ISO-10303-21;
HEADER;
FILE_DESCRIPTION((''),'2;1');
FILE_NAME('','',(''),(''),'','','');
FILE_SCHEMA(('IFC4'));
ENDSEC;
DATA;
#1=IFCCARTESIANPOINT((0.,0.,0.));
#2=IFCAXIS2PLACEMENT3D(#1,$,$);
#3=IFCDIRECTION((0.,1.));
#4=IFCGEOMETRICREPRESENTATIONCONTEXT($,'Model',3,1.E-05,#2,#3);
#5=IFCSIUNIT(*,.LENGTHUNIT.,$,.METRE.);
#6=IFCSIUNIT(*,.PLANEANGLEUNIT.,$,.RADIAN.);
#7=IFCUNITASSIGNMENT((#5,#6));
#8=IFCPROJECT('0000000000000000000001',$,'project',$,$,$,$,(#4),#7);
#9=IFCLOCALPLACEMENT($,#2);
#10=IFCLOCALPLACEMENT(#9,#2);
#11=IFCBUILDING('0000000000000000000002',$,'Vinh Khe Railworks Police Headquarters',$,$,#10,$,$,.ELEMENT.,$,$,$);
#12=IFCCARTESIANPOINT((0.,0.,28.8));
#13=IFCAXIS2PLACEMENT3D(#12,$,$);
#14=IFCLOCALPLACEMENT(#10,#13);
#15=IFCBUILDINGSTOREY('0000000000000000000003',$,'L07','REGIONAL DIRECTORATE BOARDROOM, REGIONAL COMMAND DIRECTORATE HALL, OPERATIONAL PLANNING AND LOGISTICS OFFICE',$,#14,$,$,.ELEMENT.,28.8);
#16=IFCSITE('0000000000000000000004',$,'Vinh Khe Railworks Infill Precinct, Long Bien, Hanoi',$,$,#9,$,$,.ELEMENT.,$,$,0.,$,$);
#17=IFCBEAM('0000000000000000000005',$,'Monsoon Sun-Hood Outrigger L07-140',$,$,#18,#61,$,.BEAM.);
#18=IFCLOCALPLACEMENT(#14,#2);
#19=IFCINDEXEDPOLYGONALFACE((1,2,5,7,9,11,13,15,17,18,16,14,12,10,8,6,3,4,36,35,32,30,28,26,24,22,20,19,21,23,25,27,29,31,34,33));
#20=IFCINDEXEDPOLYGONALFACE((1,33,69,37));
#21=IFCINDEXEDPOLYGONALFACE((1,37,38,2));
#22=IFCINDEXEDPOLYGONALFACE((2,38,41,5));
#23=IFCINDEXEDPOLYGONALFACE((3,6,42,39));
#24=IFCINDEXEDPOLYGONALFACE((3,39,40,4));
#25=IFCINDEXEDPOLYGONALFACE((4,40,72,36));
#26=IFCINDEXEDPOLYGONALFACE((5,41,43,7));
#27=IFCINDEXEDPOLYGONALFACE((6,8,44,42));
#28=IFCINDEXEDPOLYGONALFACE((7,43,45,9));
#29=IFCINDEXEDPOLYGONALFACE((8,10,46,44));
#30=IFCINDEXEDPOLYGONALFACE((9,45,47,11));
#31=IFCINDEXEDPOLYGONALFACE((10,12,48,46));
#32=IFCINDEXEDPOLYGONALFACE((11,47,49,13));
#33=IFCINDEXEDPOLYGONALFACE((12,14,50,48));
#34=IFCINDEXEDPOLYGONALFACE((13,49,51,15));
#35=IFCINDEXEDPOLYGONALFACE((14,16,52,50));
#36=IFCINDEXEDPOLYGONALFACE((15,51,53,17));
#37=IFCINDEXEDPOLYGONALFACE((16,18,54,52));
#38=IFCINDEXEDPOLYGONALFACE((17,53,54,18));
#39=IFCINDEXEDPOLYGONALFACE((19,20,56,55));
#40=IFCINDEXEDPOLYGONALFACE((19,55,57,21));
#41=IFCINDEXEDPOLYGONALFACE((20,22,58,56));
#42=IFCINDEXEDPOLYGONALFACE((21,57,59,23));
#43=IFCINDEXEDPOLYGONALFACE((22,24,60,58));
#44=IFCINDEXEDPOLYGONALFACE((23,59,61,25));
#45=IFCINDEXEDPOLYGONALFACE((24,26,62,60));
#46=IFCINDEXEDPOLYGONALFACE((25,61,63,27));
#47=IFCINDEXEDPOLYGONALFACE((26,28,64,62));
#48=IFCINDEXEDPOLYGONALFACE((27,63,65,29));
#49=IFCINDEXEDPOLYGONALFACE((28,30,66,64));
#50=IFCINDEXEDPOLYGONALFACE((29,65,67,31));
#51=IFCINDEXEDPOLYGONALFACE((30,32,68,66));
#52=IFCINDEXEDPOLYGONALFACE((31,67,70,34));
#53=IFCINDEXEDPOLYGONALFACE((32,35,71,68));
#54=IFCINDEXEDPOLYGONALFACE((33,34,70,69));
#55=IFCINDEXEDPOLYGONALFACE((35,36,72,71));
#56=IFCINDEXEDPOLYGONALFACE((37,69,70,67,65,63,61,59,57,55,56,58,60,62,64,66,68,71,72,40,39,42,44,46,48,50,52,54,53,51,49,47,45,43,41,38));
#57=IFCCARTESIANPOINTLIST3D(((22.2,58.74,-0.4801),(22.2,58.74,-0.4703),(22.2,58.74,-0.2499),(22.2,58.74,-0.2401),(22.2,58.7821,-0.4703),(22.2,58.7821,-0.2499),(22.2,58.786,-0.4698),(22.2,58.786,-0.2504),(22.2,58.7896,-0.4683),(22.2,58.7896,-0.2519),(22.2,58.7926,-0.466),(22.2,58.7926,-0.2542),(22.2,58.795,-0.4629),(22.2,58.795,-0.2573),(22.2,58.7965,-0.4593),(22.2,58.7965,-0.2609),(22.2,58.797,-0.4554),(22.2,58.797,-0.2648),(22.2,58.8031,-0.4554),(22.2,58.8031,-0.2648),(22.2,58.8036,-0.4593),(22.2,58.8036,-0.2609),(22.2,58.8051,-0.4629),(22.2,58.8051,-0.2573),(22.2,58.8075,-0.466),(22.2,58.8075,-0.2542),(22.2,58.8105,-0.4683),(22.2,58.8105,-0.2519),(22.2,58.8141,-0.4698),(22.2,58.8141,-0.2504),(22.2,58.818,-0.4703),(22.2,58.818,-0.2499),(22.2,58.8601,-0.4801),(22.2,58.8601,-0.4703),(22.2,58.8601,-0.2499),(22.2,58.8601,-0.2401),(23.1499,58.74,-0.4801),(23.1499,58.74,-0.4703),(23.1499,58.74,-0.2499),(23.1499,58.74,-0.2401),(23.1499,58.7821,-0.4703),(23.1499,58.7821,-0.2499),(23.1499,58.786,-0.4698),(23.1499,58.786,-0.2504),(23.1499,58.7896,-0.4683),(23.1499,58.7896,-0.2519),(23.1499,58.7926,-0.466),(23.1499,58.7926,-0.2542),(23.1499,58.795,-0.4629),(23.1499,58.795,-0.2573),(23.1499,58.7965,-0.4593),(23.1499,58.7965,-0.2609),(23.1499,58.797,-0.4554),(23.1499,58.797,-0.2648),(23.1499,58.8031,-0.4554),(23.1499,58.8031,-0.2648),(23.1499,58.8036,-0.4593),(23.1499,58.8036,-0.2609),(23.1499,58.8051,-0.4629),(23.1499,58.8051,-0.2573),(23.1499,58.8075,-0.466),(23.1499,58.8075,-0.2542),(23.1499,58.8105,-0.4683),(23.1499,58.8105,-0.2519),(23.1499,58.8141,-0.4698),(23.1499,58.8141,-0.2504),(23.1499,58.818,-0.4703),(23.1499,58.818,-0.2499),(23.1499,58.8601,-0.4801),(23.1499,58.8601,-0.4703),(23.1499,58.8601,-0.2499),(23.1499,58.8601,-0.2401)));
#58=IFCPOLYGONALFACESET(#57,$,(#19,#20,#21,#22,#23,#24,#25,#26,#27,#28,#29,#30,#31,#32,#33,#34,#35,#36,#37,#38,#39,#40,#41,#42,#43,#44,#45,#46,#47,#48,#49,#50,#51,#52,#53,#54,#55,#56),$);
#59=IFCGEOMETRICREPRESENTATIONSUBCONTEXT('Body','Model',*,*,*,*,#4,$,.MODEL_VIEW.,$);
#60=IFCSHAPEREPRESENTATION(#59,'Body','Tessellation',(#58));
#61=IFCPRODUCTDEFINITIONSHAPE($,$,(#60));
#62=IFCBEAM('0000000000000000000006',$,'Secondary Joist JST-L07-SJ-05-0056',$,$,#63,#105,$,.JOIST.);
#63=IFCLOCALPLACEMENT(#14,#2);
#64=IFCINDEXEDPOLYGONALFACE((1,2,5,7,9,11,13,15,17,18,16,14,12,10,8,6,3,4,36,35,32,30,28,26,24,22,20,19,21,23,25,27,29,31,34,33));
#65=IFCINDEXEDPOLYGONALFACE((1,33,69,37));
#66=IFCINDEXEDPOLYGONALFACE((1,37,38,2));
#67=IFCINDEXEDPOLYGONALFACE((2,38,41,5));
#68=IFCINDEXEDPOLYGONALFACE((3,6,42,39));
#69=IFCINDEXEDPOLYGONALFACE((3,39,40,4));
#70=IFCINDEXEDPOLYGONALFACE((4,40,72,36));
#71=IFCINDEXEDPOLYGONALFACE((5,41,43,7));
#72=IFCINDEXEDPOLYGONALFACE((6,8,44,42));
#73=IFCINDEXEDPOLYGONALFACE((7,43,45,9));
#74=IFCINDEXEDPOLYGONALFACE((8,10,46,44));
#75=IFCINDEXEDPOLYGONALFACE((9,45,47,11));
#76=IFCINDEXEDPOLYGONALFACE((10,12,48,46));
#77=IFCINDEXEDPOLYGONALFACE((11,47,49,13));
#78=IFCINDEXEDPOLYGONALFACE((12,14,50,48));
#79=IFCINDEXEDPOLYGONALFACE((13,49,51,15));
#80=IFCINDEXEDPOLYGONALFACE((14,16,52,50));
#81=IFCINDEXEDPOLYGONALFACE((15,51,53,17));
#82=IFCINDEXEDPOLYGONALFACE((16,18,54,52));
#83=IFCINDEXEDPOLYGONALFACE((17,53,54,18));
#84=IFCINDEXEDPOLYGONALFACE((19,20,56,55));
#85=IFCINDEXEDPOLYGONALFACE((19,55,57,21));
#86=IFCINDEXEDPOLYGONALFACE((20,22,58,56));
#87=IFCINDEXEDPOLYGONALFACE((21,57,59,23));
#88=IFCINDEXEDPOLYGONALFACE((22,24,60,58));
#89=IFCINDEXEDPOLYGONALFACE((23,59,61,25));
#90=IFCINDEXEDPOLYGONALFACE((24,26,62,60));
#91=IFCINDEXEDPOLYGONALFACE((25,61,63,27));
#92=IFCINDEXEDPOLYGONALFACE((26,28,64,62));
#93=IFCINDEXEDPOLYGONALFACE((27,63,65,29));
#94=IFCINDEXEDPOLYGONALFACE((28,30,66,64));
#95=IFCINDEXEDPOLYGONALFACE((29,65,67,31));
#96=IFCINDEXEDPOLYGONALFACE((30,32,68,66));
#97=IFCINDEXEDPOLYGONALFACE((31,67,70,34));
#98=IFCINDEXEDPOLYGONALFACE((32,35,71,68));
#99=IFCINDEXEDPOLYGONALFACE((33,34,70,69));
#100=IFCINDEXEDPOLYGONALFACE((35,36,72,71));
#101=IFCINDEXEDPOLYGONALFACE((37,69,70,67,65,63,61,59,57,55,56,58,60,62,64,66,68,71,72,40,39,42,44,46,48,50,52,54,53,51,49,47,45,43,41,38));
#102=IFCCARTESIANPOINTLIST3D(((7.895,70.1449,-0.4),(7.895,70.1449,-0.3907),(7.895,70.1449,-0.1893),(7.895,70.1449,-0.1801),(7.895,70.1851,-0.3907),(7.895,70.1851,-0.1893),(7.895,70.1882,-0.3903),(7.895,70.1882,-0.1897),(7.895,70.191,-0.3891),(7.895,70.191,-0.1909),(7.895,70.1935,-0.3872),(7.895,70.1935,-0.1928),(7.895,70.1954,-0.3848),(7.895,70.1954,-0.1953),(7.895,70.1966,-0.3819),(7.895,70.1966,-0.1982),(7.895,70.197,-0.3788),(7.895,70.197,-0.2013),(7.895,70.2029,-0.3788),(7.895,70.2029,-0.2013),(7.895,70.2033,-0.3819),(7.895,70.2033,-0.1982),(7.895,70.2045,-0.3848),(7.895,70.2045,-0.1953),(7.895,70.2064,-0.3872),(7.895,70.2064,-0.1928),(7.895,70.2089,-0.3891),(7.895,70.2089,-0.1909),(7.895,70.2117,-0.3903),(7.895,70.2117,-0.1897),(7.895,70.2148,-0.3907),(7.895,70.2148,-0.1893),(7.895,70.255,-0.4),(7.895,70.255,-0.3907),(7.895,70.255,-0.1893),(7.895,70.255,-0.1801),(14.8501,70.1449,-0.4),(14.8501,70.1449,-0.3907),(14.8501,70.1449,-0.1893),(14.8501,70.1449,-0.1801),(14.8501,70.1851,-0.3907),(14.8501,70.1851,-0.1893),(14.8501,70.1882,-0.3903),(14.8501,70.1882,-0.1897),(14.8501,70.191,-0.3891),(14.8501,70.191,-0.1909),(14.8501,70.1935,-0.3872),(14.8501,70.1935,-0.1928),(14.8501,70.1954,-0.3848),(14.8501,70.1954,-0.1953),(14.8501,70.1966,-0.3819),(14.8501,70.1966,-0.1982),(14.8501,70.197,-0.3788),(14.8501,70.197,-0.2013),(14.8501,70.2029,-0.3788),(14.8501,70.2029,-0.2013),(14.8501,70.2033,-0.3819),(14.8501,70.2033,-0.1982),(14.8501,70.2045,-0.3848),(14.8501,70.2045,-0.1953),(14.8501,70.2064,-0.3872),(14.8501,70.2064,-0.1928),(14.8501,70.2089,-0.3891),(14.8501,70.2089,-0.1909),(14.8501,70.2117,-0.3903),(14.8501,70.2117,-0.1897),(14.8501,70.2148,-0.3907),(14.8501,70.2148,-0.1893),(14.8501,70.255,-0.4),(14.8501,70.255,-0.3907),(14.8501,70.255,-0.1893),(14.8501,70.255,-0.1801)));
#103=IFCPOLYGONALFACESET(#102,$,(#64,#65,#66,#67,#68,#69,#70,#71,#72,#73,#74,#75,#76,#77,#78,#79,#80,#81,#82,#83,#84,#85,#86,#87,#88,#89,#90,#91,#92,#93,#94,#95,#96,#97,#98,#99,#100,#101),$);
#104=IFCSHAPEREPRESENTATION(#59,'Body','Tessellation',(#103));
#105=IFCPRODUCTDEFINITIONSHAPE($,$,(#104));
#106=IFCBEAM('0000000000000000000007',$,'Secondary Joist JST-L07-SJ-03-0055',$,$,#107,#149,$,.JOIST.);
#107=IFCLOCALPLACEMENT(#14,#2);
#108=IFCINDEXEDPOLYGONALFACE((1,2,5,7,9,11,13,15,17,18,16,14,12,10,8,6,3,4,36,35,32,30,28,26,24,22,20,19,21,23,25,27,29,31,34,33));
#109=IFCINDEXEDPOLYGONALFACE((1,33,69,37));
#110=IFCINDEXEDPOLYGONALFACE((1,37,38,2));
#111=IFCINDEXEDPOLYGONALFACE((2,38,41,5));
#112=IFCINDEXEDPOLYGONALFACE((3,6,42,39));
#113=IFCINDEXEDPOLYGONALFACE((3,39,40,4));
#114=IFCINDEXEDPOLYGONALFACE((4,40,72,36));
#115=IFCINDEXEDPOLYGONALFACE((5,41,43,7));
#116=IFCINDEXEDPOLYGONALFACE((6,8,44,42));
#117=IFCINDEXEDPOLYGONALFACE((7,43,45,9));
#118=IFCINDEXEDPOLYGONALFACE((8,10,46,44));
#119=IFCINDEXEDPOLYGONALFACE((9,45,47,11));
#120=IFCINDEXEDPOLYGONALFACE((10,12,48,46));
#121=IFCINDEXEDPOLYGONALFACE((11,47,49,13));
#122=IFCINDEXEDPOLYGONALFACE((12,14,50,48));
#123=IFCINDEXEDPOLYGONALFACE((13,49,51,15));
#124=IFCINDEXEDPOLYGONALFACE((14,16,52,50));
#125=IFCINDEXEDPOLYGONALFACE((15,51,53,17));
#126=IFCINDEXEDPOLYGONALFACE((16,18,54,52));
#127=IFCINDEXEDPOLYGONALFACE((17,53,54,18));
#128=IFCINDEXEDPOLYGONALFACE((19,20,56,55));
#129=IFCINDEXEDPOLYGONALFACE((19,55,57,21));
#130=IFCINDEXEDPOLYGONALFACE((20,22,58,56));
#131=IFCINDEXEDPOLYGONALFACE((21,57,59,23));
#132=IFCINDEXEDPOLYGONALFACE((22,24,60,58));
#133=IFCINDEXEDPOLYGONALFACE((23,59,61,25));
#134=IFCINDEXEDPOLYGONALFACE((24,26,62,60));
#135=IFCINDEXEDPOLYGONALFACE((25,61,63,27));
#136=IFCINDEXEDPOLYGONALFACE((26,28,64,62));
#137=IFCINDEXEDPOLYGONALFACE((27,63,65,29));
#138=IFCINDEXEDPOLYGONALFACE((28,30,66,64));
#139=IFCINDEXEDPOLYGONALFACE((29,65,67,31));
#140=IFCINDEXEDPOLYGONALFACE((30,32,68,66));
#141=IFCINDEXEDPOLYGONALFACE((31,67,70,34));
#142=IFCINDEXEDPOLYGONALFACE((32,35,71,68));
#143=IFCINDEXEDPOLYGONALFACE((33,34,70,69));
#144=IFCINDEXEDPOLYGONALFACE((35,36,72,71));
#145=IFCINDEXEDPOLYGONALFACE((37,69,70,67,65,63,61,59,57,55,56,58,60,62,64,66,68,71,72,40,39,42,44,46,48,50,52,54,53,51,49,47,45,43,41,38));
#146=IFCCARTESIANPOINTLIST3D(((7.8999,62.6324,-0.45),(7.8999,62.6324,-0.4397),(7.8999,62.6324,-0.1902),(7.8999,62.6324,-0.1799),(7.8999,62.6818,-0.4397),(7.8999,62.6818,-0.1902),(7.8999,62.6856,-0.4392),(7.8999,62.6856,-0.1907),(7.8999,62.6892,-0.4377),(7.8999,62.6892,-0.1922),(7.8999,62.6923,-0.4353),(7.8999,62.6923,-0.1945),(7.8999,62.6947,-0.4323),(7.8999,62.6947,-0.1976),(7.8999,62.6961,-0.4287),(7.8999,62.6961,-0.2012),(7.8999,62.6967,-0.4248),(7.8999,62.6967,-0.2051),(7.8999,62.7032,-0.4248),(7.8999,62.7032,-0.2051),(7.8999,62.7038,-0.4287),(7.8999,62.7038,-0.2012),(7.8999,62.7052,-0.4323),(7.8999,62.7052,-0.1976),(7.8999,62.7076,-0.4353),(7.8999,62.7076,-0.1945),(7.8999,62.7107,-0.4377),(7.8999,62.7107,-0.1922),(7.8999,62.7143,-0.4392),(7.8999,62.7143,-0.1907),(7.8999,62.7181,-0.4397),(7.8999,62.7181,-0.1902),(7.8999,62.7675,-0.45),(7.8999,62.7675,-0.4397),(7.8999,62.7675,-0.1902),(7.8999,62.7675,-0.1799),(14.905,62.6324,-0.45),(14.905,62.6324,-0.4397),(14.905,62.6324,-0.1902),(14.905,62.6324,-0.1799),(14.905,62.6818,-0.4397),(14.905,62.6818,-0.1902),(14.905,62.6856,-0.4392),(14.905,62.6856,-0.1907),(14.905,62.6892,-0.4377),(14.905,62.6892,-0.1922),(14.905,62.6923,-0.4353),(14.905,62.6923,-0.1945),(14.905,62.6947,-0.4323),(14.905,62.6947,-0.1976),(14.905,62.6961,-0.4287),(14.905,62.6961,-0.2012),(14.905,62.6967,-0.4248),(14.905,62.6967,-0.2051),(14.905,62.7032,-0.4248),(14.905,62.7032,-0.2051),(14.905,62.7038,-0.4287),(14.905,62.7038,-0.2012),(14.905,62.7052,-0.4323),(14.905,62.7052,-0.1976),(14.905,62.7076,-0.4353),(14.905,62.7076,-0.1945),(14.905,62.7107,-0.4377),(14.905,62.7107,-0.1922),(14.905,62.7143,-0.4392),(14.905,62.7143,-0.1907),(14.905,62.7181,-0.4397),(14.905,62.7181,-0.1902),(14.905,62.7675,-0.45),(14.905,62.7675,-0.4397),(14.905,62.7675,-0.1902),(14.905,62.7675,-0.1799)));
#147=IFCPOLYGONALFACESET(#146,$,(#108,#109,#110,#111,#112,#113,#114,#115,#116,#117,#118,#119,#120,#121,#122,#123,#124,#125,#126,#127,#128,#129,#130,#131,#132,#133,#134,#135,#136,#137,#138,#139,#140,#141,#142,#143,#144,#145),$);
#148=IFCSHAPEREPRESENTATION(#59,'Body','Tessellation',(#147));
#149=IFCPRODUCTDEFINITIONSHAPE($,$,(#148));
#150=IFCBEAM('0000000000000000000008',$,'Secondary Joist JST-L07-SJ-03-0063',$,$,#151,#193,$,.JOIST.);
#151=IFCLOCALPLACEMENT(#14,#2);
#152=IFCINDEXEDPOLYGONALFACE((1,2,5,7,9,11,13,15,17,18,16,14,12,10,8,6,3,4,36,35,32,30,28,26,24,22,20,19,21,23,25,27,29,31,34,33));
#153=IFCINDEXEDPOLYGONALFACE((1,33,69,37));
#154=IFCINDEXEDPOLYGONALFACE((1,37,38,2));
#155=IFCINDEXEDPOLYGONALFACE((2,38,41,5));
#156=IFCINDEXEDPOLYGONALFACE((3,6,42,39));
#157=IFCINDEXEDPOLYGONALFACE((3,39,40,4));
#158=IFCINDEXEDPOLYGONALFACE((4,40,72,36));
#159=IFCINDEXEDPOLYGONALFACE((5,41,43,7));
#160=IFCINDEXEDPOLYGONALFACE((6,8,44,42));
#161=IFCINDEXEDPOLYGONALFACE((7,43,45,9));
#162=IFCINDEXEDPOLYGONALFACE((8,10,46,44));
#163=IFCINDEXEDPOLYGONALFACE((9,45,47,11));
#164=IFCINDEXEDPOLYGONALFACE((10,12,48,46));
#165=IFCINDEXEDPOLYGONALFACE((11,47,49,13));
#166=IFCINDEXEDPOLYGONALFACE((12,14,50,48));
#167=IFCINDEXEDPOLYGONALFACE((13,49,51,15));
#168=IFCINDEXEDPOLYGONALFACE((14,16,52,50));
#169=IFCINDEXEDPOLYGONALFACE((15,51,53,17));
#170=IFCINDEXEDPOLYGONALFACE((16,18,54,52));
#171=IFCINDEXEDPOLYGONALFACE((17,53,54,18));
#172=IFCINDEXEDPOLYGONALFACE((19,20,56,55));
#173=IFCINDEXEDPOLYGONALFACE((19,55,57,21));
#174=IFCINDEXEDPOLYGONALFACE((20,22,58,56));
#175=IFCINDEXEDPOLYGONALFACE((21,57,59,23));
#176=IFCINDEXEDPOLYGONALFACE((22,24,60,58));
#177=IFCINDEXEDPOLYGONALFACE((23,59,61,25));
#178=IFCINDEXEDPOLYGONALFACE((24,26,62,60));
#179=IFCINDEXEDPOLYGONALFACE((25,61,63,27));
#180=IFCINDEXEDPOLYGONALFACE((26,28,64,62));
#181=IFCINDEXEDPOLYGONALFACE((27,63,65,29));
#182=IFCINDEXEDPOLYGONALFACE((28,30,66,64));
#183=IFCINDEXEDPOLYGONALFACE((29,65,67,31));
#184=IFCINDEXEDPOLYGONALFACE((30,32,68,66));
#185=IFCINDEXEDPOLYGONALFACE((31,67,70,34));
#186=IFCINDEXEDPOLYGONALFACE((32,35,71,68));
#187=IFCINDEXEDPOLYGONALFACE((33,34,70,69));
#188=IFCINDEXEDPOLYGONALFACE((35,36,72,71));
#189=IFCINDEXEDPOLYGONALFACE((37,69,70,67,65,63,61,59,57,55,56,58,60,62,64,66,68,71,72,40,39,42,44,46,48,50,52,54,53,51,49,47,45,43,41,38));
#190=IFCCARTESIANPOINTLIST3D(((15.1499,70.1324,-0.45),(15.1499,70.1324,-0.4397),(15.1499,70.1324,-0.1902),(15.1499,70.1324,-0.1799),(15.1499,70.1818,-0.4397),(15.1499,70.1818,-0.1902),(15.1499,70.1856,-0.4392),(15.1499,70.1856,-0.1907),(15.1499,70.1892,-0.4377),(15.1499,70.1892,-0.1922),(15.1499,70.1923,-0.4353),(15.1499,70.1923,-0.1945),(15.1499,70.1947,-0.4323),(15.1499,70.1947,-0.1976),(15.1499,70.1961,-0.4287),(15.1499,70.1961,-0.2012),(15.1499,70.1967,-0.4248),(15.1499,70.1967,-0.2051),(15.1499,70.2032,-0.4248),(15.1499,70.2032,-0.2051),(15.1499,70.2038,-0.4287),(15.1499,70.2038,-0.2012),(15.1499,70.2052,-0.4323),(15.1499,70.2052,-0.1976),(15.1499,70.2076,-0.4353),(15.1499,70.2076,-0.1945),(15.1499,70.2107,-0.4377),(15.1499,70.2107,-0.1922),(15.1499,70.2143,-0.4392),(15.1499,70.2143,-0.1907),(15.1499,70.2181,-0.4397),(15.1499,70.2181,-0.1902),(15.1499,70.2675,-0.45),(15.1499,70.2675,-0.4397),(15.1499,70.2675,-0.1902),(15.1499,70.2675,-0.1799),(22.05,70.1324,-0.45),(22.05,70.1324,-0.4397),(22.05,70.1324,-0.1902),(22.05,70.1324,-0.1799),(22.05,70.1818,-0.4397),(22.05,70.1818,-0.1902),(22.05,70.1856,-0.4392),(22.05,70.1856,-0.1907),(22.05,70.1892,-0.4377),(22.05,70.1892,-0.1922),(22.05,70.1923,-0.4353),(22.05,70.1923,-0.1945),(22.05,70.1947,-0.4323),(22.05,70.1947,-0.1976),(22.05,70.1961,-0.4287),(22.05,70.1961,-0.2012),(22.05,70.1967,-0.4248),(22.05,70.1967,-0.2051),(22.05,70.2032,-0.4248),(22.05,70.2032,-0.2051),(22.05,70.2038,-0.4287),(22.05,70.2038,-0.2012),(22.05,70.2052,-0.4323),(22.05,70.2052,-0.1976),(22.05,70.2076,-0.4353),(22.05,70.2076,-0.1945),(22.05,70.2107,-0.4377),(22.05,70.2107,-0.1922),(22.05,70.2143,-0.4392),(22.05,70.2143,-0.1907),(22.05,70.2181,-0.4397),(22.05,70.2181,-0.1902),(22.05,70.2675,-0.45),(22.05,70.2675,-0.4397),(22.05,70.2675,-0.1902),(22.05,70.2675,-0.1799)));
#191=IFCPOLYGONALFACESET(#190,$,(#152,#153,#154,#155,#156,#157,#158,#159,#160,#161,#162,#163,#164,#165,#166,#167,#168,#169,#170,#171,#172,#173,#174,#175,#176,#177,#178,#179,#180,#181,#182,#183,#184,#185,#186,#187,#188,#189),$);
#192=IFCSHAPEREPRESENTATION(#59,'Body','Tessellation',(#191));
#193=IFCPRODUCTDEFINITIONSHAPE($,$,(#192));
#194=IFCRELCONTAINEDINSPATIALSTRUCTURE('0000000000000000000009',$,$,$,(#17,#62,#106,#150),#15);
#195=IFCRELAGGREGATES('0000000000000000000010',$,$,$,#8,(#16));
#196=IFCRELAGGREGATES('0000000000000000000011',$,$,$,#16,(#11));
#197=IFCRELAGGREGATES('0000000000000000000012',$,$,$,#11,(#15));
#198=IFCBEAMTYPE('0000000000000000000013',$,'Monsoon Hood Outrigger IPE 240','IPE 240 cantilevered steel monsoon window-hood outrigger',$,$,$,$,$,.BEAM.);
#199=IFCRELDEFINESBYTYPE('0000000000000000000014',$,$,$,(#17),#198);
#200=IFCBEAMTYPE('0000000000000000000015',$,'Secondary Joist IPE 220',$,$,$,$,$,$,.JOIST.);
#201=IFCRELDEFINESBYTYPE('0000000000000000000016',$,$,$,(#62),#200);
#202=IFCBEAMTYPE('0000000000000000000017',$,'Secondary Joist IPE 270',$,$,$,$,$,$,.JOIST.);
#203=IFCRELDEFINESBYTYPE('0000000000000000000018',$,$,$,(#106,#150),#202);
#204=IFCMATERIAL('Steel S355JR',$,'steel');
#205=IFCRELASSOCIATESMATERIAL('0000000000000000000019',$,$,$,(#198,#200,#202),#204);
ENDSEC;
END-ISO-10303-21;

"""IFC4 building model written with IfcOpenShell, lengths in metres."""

from ifc_helpers import new_model, si_unit, direction, frame, origin, origin_2d, place, context, subcontext, project, spatial, i_section, extrude, material, material_profile, profile_set, type_object, element, save


model = new_model("IFC4")

# Units and contexts
model_context = context("Model", 3, precision=1e-05, world=origin(), true_north=direction((0.0, 1.0)))
body_context = subcontext(model_context, "Body", "Model", "MODEL_VIEW")
ifc_project = project(units=[si_unit("LENGTHUNIT", "METRE"), si_unit("PLANEANGLEUNIT", "RADIAN")], contexts=[model_context])

# Site, building, storey
site_placement = place(None, origin())
site = spatial("IfcSite", under=ifc_project, at=site_placement, Name="Vinh Khe Railworks Infill Precinct, Long Bien, Hanoi", CompositionType="ELEMENT", RefElevation=0.0)
building_placement = place(site_placement, origin())
building = spatial("IfcBuilding", under=site, at=building_placement, Name="Vinh Khe Railworks Police Headquarters", CompositionType="ELEMENT")
storey_placement = place(building_placement, frame((0.0, 0.0, 28.8)))
storey = spatial("IfcBuildingStorey", under=building, at=storey_placement, Name="L07", Description="REGIONAL DIRECTORATE BOARDROOM, REGIONAL COMMAND DIRECTORATE HALL, OPERATIONAL PLANNING AND LOGISTICS OFFICE", CompositionType="ELEMENT", Elevation=28.8)

# Shared definitions
ifc_material_1 = material(Name="Steel S355JR", Category="steel")

# Beams
ifc_material_profile_1 = material_profile(ifc_material_1, i_section(OverallWidth=0.1201, OverallDepth=0.24, WebThickness=0.0061, FlangeThickness=0.0098, FilletRadius=0.0149, at=origin_2d()), Name="IPE 240")
ifc_profile_set_1 = profile_set([ifc_material_profile_1], Name="Steel S355JR")
beam_type_1 = type_object("IfcBeamType", Name="Monsoon Hood Outrigger IPE 240", Description="IPE 240 cantilevered steel monsoon window-hood outrigger", PredefinedType="BEAM", material=ifc_profile_set_1)
beam_1_placement = place(storey_placement, frame((22.2, 58.8, -0.3601), z_axis=(1.0, 0.0, 0.0), x_axis=(0.0, 1.0, 0.0)))
element("IfcBeam", 1, at=beam_1_placement, inside=storey, type_object=beam_type_1, Name="Monsoon Sun-Hood Outrigger L07-140", PredefinedType="BEAM", context=body_context, shape_type="SweptSolid", body=[
    extrude(i_section(OverallWidth=0.1201, OverallDepth=0.24, WebThickness=0.0061, FlangeThickness=0.0098, FilletRadius=0.0149, at=origin_2d()), origin(), (0.0, 0.0, 1.0), 0.95),
])
ifc_material_profile_2 = material_profile(ifc_material_1, i_section(OverallWidth=0.1101, OverallDepth=0.22, WebThickness=0.0059, FlangeThickness=0.0093, FilletRadius=0.012, at=origin_2d()), Name="IPE 220")
ifc_profile_set_2 = profile_set([ifc_material_profile_2], Name="Steel S355JR")
beam_type_2 = type_object("IfcBeamType", Name="Secondary Joist IPE 220", PredefinedType="JOIST", material=ifc_profile_set_2)
beam_2_placement = place(storey_placement, frame((7.895, 70.2, -0.29), z_axis=(1.0, 0.0, 0.0), x_axis=(0.0, 1.0, 0.0)))
element("IfcBeam", 2, at=beam_2_placement, inside=storey, type_object=beam_type_2, Name="Secondary Joist JST-L07-SJ-05-0056", PredefinedType="JOIST", context=body_context, shape_type="SweptSolid", body=[
    extrude(i_section(OverallWidth=0.1101, OverallDepth=0.22, WebThickness=0.0059, FlangeThickness=0.0093, FilletRadius=0.012, at=origin_2d()), origin(), (0.0, 0.0, 1.0), 6.9551),
])
ifc_material_profile_3 = material_profile(ifc_material_1, i_section(OverallWidth=0.135, OverallDepth=0.27, WebThickness=0.0066, FlangeThickness=0.0103, FilletRadius=0.0149, at=origin_2d()), Name="IPE 270")
ifc_profile_set_3 = profile_set([ifc_material_profile_3], Name="Steel S355JR")
beam_type_3 = type_object("IfcBeamType", Name="Secondary Joist IPE 270", PredefinedType="JOIST", material=ifc_profile_set_3)
beam_3_placement = place(storey_placement, frame((7.8999, 62.7, -0.3149), z_axis=(1.0, 0.0, 0.0), x_axis=(0.0, 1.0, 0.0)))
element("IfcBeam", 3, at=beam_3_placement, inside=storey, type_object=beam_type_3, Name="Secondary Joist JST-L07-SJ-03-0055", PredefinedType="JOIST", context=body_context, shape_type="SweptSolid", body=[
    extrude(i_section(OverallWidth=0.135, OverallDepth=0.27, WebThickness=0.0066, FlangeThickness=0.0103, FilletRadius=0.0149, at=origin_2d()), origin(), (0.0, 0.0, 1.0), 7.0051),
])
beam_4_placement = place(storey_placement, frame((15.1499, 70.2, -0.3149), z_axis=(1.0, 0.0, 0.0), x_axis=(0.0, 1.0, 0.0)))
element("IfcBeam", 4, at=beam_4_placement, inside=storey, type_object=beam_type_3, Name="Secondary Joist JST-L07-SJ-03-0063", PredefinedType="JOIST", context=body_context, shape_type="SweptSolid", body=[
    extrude(i_section(OverallWidth=0.135, OverallDepth=0.27, WebThickness=0.0066, FlangeThickness=0.0103, FilletRadius=0.0149, at=origin_2d()), origin(), (0.0, 0.0, 1.0), 6.9001),
])

save(model, "model.ifc")
